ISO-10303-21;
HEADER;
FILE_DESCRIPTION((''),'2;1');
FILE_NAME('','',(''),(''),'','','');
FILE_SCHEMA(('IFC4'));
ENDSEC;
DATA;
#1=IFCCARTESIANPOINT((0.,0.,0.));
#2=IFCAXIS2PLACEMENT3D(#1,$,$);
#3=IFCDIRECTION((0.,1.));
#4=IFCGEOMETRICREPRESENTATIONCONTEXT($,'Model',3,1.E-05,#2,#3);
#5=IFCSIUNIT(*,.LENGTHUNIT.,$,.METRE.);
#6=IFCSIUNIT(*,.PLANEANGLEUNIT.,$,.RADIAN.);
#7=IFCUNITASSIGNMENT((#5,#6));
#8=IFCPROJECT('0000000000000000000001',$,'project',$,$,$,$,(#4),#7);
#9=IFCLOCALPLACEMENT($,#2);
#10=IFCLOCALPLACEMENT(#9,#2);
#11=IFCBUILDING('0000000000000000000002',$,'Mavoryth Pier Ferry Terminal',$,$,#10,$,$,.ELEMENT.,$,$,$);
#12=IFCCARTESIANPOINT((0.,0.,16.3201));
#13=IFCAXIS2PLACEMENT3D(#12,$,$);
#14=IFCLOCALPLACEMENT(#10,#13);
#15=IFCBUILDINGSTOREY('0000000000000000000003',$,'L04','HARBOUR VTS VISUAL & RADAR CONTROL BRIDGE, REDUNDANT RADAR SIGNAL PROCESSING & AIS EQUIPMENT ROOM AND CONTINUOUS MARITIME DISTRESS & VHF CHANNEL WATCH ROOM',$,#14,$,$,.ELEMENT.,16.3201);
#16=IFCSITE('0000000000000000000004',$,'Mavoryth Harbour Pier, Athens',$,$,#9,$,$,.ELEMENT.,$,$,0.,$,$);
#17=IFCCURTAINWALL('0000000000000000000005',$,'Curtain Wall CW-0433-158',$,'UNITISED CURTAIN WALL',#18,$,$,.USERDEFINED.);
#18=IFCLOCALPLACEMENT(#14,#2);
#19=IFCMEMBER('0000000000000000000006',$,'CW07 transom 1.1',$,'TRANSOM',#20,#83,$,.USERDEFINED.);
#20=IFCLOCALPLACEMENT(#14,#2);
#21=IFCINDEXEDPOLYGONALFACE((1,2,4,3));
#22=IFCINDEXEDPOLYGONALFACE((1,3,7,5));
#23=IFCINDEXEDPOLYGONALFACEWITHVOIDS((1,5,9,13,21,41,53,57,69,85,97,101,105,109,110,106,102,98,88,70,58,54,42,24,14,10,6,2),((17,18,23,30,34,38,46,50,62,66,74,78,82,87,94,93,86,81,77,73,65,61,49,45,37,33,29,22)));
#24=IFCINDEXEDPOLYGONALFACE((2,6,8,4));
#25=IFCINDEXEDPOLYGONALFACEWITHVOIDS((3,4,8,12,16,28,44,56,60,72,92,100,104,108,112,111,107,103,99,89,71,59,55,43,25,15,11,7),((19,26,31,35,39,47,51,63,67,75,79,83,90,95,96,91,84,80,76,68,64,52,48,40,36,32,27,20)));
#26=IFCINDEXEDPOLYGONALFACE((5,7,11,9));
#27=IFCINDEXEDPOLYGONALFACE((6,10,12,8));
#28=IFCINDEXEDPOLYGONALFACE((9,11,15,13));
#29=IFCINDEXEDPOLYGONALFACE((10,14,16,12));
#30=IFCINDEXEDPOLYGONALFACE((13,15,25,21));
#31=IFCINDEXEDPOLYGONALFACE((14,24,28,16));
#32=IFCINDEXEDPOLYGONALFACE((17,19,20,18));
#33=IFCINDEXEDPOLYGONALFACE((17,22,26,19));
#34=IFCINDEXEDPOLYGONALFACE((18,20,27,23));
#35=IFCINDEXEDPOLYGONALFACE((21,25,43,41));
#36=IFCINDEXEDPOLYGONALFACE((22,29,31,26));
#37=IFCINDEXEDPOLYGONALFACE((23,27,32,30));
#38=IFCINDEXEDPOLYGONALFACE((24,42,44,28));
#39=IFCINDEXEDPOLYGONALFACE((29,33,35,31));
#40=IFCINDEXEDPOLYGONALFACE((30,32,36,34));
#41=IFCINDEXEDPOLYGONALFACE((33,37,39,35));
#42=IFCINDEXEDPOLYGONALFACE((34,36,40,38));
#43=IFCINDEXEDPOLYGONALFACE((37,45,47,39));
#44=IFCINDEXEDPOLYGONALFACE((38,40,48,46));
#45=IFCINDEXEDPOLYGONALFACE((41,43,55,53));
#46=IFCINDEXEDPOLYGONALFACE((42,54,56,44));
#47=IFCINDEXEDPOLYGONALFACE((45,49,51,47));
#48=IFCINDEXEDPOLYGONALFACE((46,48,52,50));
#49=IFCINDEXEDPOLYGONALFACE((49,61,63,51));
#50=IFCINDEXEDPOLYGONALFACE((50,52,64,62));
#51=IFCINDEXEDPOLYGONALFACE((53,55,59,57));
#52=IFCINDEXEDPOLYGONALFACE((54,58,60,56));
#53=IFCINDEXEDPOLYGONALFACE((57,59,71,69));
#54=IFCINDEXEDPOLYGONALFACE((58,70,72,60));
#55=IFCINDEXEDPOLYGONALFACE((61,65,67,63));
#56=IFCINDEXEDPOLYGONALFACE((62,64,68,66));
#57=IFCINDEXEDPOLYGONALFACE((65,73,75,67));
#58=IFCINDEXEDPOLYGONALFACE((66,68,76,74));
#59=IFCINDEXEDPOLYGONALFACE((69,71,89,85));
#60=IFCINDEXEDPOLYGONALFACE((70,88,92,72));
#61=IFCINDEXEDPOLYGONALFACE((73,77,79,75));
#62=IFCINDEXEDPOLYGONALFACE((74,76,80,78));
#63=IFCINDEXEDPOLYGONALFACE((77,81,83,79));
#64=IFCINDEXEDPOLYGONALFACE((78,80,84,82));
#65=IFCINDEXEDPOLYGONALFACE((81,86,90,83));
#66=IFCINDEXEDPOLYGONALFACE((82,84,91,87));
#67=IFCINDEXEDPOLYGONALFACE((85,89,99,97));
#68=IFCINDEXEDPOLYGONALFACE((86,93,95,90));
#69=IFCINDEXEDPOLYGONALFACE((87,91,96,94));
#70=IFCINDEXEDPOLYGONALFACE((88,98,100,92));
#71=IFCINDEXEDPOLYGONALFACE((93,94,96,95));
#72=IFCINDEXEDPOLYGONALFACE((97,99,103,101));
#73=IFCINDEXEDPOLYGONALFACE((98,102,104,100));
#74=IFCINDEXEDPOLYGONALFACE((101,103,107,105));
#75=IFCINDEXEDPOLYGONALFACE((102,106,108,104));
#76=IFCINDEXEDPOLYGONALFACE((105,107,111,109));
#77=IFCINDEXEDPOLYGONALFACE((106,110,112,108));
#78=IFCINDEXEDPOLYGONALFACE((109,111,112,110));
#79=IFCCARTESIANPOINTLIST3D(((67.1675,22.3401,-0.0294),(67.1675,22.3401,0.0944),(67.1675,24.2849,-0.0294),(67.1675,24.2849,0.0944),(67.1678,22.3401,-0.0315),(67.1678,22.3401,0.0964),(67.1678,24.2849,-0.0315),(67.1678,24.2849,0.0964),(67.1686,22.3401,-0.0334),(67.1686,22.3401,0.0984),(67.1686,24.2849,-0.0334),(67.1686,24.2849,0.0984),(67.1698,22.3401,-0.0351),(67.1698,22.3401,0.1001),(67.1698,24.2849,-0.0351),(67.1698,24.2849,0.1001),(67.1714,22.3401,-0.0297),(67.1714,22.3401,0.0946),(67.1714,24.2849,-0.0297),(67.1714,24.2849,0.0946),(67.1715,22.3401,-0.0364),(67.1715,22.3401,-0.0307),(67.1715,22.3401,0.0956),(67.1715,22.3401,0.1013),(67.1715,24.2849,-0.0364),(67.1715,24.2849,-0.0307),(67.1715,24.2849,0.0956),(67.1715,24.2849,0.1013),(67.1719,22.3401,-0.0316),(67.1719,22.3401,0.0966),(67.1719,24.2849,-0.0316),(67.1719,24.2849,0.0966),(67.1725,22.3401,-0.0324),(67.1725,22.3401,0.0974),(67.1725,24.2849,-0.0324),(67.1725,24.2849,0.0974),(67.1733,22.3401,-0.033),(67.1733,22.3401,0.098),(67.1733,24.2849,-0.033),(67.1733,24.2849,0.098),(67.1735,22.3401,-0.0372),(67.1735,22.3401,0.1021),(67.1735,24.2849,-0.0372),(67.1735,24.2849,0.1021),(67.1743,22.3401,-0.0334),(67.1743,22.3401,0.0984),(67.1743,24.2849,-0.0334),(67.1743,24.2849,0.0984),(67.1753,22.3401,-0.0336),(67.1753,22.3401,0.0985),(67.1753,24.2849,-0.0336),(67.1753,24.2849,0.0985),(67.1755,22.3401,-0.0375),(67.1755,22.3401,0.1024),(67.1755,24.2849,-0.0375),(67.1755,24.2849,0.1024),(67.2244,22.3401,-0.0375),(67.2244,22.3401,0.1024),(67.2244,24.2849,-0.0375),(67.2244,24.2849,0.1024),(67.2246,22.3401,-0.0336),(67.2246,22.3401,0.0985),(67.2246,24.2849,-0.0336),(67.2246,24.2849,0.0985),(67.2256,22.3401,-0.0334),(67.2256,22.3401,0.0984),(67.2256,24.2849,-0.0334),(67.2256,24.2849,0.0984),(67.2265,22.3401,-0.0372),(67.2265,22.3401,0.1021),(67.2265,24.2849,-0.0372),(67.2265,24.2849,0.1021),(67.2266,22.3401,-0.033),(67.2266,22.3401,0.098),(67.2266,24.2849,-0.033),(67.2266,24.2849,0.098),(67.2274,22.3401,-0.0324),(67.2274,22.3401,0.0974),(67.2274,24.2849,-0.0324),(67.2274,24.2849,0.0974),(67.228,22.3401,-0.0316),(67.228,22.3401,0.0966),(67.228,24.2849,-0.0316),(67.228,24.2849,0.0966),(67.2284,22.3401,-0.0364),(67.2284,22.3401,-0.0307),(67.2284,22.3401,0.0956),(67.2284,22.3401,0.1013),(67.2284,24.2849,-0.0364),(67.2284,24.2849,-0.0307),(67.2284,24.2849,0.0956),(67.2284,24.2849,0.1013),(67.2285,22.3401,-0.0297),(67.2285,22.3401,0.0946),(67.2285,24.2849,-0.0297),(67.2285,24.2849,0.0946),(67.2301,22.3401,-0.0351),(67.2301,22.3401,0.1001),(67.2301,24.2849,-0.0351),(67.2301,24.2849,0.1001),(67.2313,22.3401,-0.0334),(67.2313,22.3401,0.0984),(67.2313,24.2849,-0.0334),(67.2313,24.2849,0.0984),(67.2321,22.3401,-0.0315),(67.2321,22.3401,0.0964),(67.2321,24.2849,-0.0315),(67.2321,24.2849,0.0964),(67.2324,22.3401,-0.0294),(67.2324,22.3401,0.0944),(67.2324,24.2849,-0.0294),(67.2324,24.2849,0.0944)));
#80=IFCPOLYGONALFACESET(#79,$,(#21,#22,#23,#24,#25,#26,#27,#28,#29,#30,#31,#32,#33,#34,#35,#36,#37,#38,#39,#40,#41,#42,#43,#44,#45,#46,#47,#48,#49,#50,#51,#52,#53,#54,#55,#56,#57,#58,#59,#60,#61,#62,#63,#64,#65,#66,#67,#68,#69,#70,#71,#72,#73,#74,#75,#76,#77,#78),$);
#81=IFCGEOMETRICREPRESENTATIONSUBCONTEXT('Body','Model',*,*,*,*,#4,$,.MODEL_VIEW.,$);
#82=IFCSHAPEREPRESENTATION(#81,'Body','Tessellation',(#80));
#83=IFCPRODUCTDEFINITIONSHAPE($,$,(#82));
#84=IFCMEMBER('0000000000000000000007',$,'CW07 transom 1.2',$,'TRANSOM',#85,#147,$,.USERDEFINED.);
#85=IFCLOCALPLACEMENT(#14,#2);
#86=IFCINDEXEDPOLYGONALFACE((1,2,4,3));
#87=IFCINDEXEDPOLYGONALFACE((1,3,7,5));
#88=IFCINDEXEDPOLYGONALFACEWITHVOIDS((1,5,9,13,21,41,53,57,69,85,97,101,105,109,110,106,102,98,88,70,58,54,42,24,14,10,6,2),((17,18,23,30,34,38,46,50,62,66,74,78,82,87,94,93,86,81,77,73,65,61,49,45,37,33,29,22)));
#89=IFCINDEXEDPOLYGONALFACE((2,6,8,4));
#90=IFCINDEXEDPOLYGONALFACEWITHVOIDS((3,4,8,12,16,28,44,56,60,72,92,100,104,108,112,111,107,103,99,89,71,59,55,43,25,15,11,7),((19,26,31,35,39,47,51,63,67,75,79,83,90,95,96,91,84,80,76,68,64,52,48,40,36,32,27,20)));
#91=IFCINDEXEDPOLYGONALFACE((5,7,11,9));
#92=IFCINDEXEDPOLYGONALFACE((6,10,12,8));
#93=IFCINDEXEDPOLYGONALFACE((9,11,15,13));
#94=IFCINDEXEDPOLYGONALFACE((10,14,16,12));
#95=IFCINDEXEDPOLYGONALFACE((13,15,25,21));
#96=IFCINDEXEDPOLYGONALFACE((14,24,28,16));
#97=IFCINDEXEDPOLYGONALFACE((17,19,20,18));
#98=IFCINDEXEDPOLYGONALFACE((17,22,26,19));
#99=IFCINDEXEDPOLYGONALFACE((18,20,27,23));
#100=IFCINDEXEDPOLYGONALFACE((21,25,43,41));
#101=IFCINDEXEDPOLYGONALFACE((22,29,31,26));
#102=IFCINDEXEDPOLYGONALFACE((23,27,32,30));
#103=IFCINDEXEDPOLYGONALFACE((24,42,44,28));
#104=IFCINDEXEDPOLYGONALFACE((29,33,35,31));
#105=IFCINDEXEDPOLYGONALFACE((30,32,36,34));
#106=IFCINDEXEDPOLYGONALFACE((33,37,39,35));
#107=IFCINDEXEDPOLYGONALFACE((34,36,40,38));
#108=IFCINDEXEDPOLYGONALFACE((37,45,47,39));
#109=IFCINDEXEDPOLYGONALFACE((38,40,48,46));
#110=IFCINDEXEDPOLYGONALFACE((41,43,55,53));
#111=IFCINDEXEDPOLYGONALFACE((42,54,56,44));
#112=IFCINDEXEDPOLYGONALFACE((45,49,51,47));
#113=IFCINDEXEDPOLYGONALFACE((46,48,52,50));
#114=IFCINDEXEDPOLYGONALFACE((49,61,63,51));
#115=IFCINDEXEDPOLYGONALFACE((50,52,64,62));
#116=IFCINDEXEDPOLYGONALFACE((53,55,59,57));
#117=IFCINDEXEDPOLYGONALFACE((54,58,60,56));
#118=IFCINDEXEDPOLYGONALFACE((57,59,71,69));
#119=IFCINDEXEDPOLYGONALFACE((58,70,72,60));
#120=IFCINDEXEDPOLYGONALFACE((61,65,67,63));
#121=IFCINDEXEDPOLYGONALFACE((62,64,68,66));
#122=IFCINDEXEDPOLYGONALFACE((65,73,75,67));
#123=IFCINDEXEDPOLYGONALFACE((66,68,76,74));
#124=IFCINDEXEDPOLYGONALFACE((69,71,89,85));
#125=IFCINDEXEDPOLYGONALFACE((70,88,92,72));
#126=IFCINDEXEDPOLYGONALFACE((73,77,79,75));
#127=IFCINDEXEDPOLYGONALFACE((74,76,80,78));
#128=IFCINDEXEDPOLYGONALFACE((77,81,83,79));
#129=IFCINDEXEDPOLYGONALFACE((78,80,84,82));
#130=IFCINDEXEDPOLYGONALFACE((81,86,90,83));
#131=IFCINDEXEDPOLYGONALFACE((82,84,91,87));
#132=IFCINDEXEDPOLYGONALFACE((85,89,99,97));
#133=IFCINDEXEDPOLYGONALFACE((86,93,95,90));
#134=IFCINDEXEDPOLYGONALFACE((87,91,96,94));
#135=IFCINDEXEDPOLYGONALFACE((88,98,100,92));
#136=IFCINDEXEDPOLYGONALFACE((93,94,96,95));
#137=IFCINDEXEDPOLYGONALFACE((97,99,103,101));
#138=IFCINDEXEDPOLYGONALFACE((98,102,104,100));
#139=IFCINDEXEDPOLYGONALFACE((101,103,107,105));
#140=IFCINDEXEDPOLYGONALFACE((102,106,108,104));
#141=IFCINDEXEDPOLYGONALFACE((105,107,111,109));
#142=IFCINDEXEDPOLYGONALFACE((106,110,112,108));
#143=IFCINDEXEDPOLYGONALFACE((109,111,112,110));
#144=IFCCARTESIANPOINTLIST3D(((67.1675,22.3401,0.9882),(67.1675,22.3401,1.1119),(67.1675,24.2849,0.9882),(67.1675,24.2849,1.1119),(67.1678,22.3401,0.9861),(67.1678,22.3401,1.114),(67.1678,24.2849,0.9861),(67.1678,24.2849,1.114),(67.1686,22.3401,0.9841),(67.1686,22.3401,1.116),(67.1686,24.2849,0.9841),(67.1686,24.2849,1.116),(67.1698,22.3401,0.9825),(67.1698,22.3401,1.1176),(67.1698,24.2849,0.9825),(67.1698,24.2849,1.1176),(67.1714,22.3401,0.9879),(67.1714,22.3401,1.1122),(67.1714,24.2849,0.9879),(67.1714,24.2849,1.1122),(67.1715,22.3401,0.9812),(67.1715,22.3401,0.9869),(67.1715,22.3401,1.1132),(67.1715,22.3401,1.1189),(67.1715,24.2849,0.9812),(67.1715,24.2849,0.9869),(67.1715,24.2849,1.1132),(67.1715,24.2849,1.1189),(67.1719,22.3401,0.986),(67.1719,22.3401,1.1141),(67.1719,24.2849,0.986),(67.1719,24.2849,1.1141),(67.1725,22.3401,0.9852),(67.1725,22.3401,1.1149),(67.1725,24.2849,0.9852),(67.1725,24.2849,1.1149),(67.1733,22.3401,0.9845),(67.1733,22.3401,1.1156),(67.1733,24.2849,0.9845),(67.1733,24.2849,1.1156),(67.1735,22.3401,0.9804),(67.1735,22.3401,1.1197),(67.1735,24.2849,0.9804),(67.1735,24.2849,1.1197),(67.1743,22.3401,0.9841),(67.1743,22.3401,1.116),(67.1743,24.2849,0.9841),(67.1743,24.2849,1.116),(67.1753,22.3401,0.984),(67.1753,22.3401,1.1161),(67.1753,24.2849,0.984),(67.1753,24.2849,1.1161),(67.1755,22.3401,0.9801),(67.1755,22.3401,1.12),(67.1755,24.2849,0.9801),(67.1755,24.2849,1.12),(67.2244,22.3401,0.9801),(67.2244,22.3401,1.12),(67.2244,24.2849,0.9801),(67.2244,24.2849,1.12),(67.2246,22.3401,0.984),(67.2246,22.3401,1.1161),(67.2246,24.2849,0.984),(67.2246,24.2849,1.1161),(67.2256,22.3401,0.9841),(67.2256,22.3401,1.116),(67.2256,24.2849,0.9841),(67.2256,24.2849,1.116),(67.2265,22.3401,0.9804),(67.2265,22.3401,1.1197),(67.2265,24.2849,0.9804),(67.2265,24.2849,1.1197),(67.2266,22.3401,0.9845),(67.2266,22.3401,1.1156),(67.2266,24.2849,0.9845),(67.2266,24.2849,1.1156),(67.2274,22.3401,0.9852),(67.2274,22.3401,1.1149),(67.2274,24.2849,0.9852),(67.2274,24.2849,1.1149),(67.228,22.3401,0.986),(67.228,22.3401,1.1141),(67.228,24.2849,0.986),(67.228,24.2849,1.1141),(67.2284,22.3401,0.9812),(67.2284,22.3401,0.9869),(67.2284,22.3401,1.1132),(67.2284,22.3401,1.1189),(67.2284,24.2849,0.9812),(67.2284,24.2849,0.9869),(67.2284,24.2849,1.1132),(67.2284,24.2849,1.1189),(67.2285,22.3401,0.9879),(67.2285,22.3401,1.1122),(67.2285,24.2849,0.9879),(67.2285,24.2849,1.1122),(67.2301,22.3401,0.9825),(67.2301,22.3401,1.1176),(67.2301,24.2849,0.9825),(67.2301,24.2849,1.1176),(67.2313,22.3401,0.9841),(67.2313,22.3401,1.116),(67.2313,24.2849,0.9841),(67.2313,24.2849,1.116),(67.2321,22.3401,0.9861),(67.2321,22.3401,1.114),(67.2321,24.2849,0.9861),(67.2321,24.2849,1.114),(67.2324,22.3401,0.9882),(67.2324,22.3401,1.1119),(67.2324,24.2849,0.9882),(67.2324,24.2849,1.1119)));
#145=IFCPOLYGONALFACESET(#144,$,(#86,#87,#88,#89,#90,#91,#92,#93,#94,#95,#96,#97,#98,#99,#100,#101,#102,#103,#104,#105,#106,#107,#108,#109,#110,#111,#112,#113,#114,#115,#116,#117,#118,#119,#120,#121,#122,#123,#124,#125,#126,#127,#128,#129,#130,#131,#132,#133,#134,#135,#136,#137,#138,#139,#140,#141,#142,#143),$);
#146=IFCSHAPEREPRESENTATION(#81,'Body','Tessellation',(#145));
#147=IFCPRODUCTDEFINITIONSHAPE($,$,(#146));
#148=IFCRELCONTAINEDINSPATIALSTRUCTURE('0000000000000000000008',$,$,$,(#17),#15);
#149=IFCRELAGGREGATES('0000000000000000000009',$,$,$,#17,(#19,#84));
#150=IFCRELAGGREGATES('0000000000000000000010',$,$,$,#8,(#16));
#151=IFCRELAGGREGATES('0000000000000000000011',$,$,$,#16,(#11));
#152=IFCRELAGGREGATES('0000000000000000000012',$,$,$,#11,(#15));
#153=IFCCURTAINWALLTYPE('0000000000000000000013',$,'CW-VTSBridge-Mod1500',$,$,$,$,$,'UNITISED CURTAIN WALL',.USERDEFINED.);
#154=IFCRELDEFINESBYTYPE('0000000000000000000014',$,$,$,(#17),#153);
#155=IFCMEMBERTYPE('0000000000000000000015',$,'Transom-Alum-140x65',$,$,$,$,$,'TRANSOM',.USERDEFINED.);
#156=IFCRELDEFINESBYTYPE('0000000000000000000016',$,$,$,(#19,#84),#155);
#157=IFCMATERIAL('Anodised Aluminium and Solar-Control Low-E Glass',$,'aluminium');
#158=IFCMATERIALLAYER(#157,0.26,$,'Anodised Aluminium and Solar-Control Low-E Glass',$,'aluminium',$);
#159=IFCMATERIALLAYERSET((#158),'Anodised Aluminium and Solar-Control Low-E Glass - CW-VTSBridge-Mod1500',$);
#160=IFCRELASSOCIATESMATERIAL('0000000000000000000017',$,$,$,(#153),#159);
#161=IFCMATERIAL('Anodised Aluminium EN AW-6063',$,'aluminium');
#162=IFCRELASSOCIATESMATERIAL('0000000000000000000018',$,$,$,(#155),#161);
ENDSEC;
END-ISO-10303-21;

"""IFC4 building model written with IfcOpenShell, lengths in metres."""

from ifc_helpers import new_model, si_unit, direction, frame, origin, origin_2d, place, context, subcontext, project, spatial, hollow_rectangle, extrude, material, layer, layer_set, material_profile, profile_set, type_object, element, aggregate, save


model = new_model("IFC4")

# Units and contexts
model_context = context("Model", 3, precision=1e-05, world=origin(), true_north=direction((0.0, 1.0)))
body_context = subcontext(model_context, "Body", "Model", "MODEL_VIEW")
ifc_project = project(units=[si_unit("LENGTHUNIT", "METRE"), si_unit("PLANEANGLEUNIT", "RADIAN")], contexts=[model_context])

# Site, building, storey
site_placement = place(None, origin())
site = spatial("IfcSite", under=ifc_project, at=site_placement, Name="Mavoryth Harbour Pier, Athens", CompositionType="ELEMENT", RefElevation=0.0)
building_placement = place(site_placement, origin())
building = spatial("IfcBuilding", under=site, at=building_placement, Name="Mavoryth Pier Ferry Terminal", CompositionType="ELEMENT")
storey_placement = place(building_placement, frame((0.0, 0.0, 16.3201)))
storey = spatial("IfcBuildingStorey", under=building, at=storey_placement, Name="L04", Description="HARBOUR VTS VISUAL & RADAR CONTROL BRIDGE, REDUNDANT RADAR SIGNAL PROCESSING & AIS EQUIPMENT ROOM AND CONTINUOUS MARITIME DISTRESS & VHF CHANNEL WATCH ROOM", CompositionType="ELEMENT", Elevation=16.3201)

# Shared definitions
ifc_material_1 = material(Name="Anodised Aluminium and Solar-Control Low-E Glass", Category="aluminium")
ifc_layer_1 = layer(ifc_material_1, 0.26, Name="Anodised Aluminium and Solar-Control Low-E Glass", Category="aluminium")
ifc_layer_set_1 = layer_set([ifc_layer_1], Name="Anodised Aluminium and Solar-Control Low-E Glass - CW-VTSBridge-Mod1500")
curtain_wall_type = type_object("IfcCurtainWallType", Name="CW-VTSBridge-Mod1500", ElementType="UNITISED CURTAIN WALL", PredefinedType="USERDEFINED", material=ifc_layer_set_1)
ifc_material_2 = material(Name="Anodised Aluminium EN AW-6063", Category="aluminium")

# Curtain wall
curtain_wall_1_placement = place(storey_placement, origin())
curtain_wall_1 = element("IfcCurtainWall", 1, at=curtain_wall_1_placement, inside=storey, type_object=curtain_wall_type, Name="Curtain Wall CW-0433-158", ObjectType="UNITISED CURTAIN WALL", PredefinedType="USERDEFINED")

# Members
ifc_material_profile_1 = material_profile(ifc_material_2, hollow_rectangle(XDim=0.0649, YDim=0.1399, WallThickness=0.0039, InnerFilletRadius=0.0039, OuterFilletRadius=0.0081, at=origin_2d()), Name="AL-TRAN 140x65x4", Category="aluminium")
ifc_profile_set_1 = profile_set([ifc_material_profile_1], Name="Anodised Aluminium EN AW-6063 - AL-TRAN 140x65x4")
member_type_1 = type_object("IfcMemberType", Name="Transom-Alum-140x65", ElementType="TRANSOM", PredefinedType="USERDEFINED", material=ifc_profile_set_1)
member_1_placement = place(storey_placement, frame((67.2, 22.3401, 0.0325), z_axis=(0.0, 1.0, 0.0), x_axis=(-1.0, 0.0, 0.0)))
member_1 = element("IfcMember", 2, at=member_1_placement, type_object=member_type_1, Name="CW07 transom 1.1", ObjectType="TRANSOM", PredefinedType="USERDEFINED", context=body_context, shape_type="SweptSolid", body=[
    extrude(hollow_rectangle(XDim=0.0649, YDim=0.1399, WallThickness=0.0039, InnerFilletRadius=0.0039, OuterFilletRadius=0.0081, at=origin_2d()), origin(), (0.0, 0.0, 1.0), 1.9448),
])
member_2_placement = place(storey_placement, frame((67.2, 22.3401, 1.05), z_axis=(0.0, 1.0, 0.0), x_axis=(-1.0, 0.0, 0.0)))
member_2 = element("IfcMember", 3, at=member_2_placement, type_object=member_type_1, Name="CW07 transom 1.2", ObjectType="TRANSOM", PredefinedType="USERDEFINED", context=body_context, shape_type="SweptSolid", body=[
    extrude(hollow_rectangle(XDim=0.0649, YDim=0.1399, WallThickness=0.0039, InnerFilletRadius=0.0039, OuterFilletRadius=0.0081, at=origin_2d()), origin(), (0.0, 0.0, 1.0), 1.9448),
])

aggregate(curtain_wall_1, [member_1, member_2])

save(model, "model.ifc")
